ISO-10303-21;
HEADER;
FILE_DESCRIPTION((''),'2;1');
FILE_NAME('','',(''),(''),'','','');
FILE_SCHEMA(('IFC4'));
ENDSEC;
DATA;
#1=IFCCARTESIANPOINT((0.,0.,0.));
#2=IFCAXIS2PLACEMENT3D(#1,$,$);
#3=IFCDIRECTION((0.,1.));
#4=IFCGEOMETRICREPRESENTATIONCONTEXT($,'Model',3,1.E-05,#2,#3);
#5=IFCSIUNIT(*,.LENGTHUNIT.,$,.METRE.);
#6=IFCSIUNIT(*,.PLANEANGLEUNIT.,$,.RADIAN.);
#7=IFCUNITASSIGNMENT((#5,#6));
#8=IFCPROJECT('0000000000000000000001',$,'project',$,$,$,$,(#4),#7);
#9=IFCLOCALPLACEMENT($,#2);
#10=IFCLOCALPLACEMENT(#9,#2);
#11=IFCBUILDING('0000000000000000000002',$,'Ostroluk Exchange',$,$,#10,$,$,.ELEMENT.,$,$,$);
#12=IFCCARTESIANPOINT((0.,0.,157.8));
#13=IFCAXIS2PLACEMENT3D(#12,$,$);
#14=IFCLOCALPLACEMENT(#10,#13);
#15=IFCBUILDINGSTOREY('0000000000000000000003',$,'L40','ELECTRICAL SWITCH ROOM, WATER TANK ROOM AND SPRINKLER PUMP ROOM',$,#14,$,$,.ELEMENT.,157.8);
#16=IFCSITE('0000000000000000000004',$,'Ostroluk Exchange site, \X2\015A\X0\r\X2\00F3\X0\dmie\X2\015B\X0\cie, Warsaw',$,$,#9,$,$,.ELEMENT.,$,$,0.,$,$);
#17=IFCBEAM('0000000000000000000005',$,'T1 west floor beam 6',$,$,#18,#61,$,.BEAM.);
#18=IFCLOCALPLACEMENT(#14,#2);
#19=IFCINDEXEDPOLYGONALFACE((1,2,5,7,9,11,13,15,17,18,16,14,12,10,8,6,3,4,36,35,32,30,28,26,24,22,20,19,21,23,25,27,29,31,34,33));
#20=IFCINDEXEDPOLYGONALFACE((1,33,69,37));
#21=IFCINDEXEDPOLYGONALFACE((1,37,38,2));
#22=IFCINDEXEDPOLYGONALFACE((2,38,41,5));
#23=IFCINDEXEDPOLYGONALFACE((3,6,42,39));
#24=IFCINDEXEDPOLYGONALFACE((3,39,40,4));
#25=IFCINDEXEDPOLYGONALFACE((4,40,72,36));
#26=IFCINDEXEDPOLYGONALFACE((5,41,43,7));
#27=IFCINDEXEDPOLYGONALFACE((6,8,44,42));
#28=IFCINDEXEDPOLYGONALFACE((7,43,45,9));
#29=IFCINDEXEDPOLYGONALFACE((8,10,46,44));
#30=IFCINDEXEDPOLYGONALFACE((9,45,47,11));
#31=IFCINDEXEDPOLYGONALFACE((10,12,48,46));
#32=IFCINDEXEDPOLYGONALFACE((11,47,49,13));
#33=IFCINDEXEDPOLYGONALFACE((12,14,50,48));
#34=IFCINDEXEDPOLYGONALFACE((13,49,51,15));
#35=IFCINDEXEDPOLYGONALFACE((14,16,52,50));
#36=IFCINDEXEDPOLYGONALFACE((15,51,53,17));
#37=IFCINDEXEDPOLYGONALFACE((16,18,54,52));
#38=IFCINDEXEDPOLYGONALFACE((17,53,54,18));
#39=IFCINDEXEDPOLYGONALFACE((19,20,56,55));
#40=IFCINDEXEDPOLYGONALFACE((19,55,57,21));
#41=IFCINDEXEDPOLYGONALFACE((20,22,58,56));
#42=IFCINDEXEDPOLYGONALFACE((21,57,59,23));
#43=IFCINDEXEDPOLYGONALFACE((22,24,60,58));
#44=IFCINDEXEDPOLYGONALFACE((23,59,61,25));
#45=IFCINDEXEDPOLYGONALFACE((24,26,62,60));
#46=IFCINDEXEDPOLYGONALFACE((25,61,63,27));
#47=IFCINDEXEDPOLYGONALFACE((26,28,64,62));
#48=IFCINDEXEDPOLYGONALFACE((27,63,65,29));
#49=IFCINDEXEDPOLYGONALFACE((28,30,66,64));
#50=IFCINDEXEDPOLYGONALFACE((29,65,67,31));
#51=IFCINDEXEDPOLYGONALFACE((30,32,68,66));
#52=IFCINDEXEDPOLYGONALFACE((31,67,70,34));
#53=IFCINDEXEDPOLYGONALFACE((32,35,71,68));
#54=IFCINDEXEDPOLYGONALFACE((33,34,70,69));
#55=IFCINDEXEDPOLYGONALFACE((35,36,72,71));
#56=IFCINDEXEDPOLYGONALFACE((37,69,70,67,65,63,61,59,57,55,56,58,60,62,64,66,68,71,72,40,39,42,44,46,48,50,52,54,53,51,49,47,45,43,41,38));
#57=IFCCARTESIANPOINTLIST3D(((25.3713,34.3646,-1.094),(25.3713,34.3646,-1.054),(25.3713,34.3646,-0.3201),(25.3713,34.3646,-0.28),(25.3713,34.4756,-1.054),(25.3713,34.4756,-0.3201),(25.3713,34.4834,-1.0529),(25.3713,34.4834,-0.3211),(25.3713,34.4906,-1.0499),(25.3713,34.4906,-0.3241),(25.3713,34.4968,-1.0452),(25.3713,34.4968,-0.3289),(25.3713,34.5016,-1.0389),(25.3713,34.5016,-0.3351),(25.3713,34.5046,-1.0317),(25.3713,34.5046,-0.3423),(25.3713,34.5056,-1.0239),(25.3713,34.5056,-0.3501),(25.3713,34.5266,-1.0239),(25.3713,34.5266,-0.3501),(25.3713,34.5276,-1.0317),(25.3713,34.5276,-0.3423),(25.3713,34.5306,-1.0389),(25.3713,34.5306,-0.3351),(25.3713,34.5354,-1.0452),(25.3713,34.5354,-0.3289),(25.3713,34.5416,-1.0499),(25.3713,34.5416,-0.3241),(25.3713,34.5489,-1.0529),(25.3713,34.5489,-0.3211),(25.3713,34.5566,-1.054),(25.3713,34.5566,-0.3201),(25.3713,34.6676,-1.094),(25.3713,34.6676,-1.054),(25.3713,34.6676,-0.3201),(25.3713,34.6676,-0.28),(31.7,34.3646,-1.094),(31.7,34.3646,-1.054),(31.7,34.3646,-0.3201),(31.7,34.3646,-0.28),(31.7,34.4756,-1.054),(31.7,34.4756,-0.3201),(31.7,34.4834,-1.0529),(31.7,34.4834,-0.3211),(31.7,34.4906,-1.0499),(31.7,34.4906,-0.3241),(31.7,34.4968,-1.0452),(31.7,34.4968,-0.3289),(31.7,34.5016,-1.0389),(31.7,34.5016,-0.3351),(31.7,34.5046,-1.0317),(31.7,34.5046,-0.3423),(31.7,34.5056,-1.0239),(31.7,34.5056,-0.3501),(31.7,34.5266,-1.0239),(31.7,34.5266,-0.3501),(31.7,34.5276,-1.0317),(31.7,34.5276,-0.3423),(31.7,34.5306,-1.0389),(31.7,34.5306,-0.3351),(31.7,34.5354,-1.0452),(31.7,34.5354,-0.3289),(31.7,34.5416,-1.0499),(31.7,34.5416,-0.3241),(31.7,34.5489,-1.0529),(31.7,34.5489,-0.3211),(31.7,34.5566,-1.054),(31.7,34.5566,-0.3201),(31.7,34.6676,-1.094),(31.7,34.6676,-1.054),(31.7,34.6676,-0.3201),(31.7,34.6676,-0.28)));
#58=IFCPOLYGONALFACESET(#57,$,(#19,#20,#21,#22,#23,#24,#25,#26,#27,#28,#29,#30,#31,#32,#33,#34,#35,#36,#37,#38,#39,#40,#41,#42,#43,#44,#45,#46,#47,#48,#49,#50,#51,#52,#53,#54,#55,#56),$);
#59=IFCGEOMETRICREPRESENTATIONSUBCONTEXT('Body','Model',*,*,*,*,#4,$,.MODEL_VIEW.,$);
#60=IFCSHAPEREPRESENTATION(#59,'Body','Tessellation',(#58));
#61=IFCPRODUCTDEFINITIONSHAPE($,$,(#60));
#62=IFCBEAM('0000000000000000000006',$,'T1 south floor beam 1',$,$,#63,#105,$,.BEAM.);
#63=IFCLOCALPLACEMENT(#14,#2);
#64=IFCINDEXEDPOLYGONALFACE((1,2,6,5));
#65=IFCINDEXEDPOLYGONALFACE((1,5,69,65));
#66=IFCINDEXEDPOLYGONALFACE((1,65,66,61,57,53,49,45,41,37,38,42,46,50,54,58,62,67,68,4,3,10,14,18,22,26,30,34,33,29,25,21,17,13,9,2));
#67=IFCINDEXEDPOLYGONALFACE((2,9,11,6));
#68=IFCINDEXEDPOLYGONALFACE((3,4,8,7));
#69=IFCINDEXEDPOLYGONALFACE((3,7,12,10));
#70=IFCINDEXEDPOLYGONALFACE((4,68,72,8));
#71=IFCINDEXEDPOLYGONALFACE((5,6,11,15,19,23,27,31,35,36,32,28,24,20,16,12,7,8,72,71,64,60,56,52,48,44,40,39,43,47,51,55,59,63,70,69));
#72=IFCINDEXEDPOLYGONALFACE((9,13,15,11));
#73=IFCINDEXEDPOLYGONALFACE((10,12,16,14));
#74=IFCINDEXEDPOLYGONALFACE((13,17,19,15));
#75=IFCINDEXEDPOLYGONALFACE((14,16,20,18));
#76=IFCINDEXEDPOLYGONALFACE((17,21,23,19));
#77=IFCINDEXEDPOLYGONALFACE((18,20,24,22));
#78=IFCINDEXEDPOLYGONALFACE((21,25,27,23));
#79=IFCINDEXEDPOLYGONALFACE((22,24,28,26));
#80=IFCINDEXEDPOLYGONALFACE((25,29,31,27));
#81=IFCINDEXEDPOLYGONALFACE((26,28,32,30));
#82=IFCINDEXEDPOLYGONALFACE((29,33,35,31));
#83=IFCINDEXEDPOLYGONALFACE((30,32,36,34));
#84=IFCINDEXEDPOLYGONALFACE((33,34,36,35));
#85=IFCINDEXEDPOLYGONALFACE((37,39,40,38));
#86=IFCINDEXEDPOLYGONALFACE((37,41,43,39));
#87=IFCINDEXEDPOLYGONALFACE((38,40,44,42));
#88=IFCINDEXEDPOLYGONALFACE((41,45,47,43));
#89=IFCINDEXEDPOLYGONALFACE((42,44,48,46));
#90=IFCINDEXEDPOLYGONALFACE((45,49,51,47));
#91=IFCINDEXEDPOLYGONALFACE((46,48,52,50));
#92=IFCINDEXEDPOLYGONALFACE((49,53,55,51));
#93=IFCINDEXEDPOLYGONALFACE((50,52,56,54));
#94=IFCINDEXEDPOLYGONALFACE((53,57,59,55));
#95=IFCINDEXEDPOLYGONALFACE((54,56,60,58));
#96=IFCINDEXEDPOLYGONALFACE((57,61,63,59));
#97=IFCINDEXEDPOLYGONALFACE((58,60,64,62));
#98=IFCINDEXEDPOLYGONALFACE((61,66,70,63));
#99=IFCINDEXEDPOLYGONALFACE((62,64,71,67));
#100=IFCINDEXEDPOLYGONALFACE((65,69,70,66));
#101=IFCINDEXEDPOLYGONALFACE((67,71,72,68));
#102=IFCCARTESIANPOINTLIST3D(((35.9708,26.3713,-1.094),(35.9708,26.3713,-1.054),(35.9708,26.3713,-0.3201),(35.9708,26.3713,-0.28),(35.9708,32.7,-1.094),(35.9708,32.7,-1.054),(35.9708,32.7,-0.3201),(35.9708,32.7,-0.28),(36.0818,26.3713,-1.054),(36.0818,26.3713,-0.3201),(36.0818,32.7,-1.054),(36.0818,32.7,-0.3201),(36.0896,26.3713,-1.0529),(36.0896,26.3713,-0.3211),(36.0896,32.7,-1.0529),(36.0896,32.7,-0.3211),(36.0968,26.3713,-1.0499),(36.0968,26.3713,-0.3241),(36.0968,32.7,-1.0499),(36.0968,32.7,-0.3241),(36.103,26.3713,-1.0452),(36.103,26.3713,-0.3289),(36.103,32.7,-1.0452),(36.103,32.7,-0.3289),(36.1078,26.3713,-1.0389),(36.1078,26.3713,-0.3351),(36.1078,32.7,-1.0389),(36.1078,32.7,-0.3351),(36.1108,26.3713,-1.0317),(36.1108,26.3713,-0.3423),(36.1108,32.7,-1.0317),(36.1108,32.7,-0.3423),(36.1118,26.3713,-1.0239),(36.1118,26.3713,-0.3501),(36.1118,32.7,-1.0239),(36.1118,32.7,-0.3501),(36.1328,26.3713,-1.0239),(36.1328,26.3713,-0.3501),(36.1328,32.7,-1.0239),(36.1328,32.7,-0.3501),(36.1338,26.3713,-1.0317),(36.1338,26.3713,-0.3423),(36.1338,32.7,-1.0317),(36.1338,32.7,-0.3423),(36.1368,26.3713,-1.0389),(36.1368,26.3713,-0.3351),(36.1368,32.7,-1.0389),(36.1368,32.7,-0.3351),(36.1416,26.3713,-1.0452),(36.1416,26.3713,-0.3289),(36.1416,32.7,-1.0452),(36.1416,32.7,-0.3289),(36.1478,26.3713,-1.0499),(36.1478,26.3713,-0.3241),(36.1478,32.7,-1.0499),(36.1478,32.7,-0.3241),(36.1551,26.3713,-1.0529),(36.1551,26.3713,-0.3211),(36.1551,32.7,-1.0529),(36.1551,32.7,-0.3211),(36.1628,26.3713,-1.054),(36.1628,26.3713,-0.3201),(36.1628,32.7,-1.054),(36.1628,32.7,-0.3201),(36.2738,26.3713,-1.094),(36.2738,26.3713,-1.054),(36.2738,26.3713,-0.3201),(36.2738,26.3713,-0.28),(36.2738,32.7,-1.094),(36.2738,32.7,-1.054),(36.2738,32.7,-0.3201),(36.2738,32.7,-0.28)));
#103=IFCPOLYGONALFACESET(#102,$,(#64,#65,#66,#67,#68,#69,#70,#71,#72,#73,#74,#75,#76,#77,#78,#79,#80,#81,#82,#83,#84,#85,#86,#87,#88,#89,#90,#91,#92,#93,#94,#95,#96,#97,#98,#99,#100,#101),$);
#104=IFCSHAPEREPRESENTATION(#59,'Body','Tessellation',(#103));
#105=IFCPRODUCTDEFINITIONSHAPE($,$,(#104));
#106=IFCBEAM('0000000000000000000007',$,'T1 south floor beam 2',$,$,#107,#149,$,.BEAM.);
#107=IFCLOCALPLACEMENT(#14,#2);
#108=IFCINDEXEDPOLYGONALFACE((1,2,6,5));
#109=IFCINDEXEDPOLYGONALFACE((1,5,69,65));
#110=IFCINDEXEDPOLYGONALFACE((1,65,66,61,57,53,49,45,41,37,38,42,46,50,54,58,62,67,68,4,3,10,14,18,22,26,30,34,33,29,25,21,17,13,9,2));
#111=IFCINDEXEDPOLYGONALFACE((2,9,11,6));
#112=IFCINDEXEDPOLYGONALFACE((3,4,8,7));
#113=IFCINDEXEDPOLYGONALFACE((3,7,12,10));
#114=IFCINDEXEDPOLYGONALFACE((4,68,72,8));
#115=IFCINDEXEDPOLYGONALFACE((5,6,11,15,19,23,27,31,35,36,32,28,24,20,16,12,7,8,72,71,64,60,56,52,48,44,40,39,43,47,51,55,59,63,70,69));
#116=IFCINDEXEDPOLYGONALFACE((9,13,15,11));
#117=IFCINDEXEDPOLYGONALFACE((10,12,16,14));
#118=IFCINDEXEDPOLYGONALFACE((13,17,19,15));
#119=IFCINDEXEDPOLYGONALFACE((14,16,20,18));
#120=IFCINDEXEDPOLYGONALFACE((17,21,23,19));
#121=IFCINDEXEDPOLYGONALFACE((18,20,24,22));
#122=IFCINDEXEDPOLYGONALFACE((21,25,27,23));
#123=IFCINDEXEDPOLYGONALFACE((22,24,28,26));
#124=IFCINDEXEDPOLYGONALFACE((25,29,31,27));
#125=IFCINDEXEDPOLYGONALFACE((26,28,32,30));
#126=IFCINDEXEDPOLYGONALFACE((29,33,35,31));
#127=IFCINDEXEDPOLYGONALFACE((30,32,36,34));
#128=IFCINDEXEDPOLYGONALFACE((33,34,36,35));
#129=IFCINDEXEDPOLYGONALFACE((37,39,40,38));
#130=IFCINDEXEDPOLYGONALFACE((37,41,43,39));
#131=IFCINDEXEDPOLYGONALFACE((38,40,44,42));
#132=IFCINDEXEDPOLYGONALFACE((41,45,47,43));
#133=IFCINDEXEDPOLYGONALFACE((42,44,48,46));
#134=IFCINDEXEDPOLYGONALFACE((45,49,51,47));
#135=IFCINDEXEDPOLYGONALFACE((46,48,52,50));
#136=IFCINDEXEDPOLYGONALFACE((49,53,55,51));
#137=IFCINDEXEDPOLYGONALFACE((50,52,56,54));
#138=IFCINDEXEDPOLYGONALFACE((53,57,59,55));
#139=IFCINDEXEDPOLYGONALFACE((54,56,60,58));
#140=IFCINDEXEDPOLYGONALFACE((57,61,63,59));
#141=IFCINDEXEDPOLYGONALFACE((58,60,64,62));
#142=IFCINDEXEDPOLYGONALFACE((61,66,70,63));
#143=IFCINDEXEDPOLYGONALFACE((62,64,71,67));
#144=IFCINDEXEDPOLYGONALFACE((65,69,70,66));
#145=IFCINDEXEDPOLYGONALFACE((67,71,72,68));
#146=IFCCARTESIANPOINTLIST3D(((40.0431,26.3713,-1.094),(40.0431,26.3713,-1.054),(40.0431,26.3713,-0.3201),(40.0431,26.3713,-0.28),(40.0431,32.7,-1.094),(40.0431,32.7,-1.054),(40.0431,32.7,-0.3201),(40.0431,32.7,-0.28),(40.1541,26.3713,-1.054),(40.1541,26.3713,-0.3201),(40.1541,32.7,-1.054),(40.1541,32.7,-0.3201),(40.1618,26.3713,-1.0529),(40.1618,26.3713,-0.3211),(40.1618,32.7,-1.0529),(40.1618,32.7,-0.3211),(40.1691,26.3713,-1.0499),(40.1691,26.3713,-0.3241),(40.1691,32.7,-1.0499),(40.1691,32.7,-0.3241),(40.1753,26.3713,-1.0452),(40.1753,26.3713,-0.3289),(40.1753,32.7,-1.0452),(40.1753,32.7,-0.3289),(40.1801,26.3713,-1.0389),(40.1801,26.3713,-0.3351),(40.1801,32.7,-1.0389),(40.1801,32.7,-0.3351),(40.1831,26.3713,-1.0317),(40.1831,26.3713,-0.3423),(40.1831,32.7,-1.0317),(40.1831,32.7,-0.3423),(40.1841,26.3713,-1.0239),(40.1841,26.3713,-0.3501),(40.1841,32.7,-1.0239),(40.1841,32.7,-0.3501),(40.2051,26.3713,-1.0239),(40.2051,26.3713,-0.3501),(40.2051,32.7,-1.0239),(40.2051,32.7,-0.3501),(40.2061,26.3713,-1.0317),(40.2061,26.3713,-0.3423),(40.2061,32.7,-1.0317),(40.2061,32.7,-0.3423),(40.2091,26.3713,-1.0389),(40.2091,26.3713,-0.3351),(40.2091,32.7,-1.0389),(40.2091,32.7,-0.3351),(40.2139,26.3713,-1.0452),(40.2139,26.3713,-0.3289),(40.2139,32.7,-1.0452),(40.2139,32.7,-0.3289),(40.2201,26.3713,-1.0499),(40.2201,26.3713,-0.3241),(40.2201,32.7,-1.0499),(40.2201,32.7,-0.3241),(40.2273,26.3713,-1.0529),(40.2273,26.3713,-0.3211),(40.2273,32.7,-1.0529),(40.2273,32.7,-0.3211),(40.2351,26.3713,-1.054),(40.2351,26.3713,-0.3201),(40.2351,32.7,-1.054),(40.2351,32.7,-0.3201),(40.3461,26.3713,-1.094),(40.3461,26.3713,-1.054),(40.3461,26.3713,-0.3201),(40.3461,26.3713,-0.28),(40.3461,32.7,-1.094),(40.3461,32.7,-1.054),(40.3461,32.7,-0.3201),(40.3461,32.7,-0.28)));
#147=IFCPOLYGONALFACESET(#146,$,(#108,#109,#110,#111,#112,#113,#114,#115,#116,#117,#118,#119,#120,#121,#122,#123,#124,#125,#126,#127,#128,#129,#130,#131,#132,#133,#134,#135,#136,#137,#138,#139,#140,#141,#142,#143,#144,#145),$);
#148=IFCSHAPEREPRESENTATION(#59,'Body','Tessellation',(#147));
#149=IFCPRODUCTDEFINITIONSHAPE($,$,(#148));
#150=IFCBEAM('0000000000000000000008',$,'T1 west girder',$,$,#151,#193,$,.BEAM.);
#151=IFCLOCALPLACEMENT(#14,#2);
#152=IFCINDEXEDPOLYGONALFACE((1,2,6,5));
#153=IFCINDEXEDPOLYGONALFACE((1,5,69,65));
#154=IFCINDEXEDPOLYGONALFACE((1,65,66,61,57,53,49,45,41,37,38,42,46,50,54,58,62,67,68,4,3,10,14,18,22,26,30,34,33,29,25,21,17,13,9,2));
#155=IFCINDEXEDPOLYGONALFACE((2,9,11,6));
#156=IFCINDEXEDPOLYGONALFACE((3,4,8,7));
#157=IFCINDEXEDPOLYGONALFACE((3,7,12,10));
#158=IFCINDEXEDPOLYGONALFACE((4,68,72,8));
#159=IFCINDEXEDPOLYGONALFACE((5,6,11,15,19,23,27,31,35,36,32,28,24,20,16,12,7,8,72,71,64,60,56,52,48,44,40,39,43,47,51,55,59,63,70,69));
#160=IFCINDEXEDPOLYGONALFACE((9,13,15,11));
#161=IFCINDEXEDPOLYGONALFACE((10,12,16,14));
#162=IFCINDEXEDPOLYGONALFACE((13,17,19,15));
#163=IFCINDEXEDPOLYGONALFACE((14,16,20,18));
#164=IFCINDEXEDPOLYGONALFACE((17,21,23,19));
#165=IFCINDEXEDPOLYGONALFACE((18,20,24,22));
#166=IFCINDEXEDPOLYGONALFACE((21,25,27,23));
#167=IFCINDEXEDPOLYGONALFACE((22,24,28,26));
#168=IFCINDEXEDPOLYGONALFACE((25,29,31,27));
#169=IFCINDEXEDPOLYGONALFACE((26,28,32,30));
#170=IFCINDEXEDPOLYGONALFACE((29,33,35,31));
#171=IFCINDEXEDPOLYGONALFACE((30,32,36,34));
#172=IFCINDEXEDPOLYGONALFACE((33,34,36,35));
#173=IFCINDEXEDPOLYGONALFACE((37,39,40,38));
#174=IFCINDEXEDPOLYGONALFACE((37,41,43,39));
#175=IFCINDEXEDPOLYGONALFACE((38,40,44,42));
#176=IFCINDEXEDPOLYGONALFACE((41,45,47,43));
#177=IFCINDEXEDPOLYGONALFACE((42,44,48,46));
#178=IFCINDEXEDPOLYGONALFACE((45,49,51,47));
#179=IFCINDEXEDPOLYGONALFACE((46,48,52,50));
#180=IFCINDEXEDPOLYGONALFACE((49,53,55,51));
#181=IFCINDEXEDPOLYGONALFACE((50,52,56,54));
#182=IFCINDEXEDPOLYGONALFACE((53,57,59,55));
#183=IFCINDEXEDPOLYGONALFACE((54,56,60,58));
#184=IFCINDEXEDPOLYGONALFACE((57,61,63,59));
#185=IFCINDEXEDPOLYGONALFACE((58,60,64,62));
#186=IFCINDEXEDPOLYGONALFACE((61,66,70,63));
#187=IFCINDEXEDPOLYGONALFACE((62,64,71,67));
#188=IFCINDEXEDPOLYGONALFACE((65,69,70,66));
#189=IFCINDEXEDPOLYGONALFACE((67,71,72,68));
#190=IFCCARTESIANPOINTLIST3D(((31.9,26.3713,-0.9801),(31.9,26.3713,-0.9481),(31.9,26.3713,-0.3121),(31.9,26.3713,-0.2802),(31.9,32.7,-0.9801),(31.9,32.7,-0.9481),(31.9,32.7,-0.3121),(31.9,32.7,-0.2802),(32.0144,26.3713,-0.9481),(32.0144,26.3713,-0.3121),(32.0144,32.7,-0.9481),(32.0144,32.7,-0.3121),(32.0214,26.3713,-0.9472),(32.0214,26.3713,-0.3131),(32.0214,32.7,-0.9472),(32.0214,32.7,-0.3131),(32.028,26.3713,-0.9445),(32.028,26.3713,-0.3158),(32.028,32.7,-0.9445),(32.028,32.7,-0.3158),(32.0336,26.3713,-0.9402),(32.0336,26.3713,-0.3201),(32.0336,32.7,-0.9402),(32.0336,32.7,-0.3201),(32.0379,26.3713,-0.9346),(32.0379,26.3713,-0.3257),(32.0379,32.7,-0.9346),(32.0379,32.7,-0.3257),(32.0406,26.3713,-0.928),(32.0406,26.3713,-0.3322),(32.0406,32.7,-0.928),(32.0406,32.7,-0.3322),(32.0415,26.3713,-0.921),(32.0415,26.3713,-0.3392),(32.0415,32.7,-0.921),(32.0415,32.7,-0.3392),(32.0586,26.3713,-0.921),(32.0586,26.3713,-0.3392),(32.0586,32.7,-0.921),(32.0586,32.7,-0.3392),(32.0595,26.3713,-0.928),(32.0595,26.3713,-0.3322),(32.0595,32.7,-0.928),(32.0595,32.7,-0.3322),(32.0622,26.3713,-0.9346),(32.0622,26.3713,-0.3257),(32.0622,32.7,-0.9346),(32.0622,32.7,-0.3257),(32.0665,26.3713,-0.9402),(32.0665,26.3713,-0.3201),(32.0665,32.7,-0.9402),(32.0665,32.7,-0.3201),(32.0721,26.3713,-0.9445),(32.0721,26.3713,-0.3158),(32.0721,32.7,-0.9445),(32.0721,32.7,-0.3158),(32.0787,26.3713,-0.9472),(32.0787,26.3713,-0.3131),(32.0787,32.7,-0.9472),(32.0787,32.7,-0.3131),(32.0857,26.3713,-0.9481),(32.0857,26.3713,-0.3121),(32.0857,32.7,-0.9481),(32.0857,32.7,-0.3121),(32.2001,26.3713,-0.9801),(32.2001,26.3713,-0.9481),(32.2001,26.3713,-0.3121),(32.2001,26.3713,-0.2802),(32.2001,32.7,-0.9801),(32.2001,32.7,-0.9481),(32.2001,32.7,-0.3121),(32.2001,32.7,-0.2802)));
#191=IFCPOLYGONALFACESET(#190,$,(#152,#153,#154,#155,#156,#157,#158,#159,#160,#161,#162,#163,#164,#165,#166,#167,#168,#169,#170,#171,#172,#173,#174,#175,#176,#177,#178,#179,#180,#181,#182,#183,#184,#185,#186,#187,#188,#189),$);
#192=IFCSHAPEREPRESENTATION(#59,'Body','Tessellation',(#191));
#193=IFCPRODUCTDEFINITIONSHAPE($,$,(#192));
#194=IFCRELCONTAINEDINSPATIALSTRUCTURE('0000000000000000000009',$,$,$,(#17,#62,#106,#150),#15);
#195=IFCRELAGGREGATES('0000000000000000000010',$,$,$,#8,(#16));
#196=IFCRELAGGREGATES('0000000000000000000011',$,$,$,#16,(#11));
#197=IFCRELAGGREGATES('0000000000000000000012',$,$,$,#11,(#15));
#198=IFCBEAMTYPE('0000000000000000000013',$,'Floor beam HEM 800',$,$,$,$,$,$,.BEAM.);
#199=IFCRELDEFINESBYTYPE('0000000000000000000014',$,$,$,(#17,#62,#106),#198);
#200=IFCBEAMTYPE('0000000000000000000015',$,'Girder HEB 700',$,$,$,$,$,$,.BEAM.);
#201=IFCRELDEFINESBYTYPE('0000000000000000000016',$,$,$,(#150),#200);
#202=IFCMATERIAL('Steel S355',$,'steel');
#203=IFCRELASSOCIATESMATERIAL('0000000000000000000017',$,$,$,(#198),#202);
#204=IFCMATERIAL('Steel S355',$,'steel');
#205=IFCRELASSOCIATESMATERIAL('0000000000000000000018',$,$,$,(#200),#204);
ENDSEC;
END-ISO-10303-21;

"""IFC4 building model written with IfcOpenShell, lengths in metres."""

from ifc_helpers import new_model, si_unit, direction, frame, origin, origin_2d, place, context, subcontext, project, spatial, i_section, extrude, material, material_profile, profile_set, type_object, element, save


model = new_model("IFC4")

# Units and contexts
model_context = context("Model", 3, precision=1e-05, world=origin(), true_north=direction((0.0, 1.0)))
body_context = subcontext(model_context, "Body", "Model", "MODEL_VIEW")
ifc_project = project(units=[si_unit("LENGTHUNIT", "METRE"), si_unit("PLANEANGLEUNIT", "RADIAN")], contexts=[model_context])

# Site, building, storey
site_placement = place(None, origin())
site = spatial("IfcSite", under=ifc_project, at=site_placement, Name="Ostroluk Exchange site, Śródmieście, Warsaw", CompositionType="ELEMENT", RefElevation=0.0)
building_placement = place(site_placement, origin())
building = spatial("IfcBuilding", under=site, at=building_placement, Name="Ostroluk Exchange", CompositionType="ELEMENT")
storey_placement = place(building_placement, frame((0.0, 0.0, 157.8)))
storey = spatial("IfcBuildingStorey", under=building, at=storey_placement, Name="L40", Description="ELECTRICAL SWITCH ROOM, WATER TANK ROOM AND SPRINKLER PUMP ROOM", CompositionType="ELEMENT", Elevation=157.8)

# Beams
ifc_material_1 = material(Name="Steel S355", Category="steel")
ifc_material_profile_1 = material_profile(ifc_material_1, i_section(OverallWidth=0.303, OverallDepth=0.814, WebThickness=0.021, FlangeThickness=0.04, FilletRadius=0.03, at=origin_2d()), Name="HEM 800")
ifc_profile_set_1 = profile_set([ifc_material_profile_1], Name="Steel S355")
beam_type_1 = type_object("IfcBeamType", Name="Floor beam HEM 800", PredefinedType="BEAM", material=ifc_profile_set_1)
for number, where, z_axis, x_axis, name in (
    (1, (31.7, 34.5161, -0.687), (-1.0, 0.0, 0.0), (0.0, -1.0, 0.0), "T1 west floor beam 6"),
    (2, (36.1223, 32.7, -0.687), (0.0, -1.0, 0.0), (1.0, 0.0, 0.0), "T1 south floor beam 1"),
    (3, (40.1946, 32.7, -0.687), (0.0, -1.0, 0.0), (1.0, 0.0, 0.0), "T1 south floor beam 2"),
):
    element("IfcBeam", number, at=place(storey_placement, frame(where, z_axis=z_axis, x_axis=x_axis)), inside=storey, type_object=beam_type_1, Name=name, PredefinedType="BEAM", context=body_context, shape_type="SweptSolid", body=[
        extrude(i_section(OverallWidth=0.303, OverallDepth=0.814, WebThickness=0.021, FlangeThickness=0.04, FilletRadius=0.03, at=origin_2d()), origin(), (0.0, 0.0, 1.0), 6.3286),
    ])
ifc_material_2 = material(Name="Steel S355", Category="steel")
ifc_material_profile_2 = material_profile(ifc_material_2, i_section(OverallWidth=0.3, OverallDepth=0.7, WebThickness=0.0171, FlangeThickness=0.032, FilletRadius=0.0271, at=origin_2d()), Name="HEB 700")
ifc_profile_set_2 = profile_set([ifc_material_profile_2], Name="Steel S355")
beam_type_2 = type_object("IfcBeamType", Name="Girder HEB 700", PredefinedType="BEAM", material=ifc_profile_set_2)
beam_placement = place(storey_placement, frame((32.05, 32.7, -0.6301), z_axis=(0.0, -1.0, 0.0), x_axis=(1.0, 0.0, 0.0)))
element("IfcBeam", 4, at=beam_placement, inside=storey, type_object=beam_type_2, Name="T1 west girder", PredefinedType="BEAM", context=body_context, shape_type="SweptSolid", body=[
    extrude(i_section(OverallWidth=0.3, OverallDepth=0.7, WebThickness=0.0171, FlangeThickness=0.032, FilletRadius=0.0271, at=origin_2d()), origin(), (0.0, 0.0, 1.0), 6.3286),
])

save(model, "model.ifc")
